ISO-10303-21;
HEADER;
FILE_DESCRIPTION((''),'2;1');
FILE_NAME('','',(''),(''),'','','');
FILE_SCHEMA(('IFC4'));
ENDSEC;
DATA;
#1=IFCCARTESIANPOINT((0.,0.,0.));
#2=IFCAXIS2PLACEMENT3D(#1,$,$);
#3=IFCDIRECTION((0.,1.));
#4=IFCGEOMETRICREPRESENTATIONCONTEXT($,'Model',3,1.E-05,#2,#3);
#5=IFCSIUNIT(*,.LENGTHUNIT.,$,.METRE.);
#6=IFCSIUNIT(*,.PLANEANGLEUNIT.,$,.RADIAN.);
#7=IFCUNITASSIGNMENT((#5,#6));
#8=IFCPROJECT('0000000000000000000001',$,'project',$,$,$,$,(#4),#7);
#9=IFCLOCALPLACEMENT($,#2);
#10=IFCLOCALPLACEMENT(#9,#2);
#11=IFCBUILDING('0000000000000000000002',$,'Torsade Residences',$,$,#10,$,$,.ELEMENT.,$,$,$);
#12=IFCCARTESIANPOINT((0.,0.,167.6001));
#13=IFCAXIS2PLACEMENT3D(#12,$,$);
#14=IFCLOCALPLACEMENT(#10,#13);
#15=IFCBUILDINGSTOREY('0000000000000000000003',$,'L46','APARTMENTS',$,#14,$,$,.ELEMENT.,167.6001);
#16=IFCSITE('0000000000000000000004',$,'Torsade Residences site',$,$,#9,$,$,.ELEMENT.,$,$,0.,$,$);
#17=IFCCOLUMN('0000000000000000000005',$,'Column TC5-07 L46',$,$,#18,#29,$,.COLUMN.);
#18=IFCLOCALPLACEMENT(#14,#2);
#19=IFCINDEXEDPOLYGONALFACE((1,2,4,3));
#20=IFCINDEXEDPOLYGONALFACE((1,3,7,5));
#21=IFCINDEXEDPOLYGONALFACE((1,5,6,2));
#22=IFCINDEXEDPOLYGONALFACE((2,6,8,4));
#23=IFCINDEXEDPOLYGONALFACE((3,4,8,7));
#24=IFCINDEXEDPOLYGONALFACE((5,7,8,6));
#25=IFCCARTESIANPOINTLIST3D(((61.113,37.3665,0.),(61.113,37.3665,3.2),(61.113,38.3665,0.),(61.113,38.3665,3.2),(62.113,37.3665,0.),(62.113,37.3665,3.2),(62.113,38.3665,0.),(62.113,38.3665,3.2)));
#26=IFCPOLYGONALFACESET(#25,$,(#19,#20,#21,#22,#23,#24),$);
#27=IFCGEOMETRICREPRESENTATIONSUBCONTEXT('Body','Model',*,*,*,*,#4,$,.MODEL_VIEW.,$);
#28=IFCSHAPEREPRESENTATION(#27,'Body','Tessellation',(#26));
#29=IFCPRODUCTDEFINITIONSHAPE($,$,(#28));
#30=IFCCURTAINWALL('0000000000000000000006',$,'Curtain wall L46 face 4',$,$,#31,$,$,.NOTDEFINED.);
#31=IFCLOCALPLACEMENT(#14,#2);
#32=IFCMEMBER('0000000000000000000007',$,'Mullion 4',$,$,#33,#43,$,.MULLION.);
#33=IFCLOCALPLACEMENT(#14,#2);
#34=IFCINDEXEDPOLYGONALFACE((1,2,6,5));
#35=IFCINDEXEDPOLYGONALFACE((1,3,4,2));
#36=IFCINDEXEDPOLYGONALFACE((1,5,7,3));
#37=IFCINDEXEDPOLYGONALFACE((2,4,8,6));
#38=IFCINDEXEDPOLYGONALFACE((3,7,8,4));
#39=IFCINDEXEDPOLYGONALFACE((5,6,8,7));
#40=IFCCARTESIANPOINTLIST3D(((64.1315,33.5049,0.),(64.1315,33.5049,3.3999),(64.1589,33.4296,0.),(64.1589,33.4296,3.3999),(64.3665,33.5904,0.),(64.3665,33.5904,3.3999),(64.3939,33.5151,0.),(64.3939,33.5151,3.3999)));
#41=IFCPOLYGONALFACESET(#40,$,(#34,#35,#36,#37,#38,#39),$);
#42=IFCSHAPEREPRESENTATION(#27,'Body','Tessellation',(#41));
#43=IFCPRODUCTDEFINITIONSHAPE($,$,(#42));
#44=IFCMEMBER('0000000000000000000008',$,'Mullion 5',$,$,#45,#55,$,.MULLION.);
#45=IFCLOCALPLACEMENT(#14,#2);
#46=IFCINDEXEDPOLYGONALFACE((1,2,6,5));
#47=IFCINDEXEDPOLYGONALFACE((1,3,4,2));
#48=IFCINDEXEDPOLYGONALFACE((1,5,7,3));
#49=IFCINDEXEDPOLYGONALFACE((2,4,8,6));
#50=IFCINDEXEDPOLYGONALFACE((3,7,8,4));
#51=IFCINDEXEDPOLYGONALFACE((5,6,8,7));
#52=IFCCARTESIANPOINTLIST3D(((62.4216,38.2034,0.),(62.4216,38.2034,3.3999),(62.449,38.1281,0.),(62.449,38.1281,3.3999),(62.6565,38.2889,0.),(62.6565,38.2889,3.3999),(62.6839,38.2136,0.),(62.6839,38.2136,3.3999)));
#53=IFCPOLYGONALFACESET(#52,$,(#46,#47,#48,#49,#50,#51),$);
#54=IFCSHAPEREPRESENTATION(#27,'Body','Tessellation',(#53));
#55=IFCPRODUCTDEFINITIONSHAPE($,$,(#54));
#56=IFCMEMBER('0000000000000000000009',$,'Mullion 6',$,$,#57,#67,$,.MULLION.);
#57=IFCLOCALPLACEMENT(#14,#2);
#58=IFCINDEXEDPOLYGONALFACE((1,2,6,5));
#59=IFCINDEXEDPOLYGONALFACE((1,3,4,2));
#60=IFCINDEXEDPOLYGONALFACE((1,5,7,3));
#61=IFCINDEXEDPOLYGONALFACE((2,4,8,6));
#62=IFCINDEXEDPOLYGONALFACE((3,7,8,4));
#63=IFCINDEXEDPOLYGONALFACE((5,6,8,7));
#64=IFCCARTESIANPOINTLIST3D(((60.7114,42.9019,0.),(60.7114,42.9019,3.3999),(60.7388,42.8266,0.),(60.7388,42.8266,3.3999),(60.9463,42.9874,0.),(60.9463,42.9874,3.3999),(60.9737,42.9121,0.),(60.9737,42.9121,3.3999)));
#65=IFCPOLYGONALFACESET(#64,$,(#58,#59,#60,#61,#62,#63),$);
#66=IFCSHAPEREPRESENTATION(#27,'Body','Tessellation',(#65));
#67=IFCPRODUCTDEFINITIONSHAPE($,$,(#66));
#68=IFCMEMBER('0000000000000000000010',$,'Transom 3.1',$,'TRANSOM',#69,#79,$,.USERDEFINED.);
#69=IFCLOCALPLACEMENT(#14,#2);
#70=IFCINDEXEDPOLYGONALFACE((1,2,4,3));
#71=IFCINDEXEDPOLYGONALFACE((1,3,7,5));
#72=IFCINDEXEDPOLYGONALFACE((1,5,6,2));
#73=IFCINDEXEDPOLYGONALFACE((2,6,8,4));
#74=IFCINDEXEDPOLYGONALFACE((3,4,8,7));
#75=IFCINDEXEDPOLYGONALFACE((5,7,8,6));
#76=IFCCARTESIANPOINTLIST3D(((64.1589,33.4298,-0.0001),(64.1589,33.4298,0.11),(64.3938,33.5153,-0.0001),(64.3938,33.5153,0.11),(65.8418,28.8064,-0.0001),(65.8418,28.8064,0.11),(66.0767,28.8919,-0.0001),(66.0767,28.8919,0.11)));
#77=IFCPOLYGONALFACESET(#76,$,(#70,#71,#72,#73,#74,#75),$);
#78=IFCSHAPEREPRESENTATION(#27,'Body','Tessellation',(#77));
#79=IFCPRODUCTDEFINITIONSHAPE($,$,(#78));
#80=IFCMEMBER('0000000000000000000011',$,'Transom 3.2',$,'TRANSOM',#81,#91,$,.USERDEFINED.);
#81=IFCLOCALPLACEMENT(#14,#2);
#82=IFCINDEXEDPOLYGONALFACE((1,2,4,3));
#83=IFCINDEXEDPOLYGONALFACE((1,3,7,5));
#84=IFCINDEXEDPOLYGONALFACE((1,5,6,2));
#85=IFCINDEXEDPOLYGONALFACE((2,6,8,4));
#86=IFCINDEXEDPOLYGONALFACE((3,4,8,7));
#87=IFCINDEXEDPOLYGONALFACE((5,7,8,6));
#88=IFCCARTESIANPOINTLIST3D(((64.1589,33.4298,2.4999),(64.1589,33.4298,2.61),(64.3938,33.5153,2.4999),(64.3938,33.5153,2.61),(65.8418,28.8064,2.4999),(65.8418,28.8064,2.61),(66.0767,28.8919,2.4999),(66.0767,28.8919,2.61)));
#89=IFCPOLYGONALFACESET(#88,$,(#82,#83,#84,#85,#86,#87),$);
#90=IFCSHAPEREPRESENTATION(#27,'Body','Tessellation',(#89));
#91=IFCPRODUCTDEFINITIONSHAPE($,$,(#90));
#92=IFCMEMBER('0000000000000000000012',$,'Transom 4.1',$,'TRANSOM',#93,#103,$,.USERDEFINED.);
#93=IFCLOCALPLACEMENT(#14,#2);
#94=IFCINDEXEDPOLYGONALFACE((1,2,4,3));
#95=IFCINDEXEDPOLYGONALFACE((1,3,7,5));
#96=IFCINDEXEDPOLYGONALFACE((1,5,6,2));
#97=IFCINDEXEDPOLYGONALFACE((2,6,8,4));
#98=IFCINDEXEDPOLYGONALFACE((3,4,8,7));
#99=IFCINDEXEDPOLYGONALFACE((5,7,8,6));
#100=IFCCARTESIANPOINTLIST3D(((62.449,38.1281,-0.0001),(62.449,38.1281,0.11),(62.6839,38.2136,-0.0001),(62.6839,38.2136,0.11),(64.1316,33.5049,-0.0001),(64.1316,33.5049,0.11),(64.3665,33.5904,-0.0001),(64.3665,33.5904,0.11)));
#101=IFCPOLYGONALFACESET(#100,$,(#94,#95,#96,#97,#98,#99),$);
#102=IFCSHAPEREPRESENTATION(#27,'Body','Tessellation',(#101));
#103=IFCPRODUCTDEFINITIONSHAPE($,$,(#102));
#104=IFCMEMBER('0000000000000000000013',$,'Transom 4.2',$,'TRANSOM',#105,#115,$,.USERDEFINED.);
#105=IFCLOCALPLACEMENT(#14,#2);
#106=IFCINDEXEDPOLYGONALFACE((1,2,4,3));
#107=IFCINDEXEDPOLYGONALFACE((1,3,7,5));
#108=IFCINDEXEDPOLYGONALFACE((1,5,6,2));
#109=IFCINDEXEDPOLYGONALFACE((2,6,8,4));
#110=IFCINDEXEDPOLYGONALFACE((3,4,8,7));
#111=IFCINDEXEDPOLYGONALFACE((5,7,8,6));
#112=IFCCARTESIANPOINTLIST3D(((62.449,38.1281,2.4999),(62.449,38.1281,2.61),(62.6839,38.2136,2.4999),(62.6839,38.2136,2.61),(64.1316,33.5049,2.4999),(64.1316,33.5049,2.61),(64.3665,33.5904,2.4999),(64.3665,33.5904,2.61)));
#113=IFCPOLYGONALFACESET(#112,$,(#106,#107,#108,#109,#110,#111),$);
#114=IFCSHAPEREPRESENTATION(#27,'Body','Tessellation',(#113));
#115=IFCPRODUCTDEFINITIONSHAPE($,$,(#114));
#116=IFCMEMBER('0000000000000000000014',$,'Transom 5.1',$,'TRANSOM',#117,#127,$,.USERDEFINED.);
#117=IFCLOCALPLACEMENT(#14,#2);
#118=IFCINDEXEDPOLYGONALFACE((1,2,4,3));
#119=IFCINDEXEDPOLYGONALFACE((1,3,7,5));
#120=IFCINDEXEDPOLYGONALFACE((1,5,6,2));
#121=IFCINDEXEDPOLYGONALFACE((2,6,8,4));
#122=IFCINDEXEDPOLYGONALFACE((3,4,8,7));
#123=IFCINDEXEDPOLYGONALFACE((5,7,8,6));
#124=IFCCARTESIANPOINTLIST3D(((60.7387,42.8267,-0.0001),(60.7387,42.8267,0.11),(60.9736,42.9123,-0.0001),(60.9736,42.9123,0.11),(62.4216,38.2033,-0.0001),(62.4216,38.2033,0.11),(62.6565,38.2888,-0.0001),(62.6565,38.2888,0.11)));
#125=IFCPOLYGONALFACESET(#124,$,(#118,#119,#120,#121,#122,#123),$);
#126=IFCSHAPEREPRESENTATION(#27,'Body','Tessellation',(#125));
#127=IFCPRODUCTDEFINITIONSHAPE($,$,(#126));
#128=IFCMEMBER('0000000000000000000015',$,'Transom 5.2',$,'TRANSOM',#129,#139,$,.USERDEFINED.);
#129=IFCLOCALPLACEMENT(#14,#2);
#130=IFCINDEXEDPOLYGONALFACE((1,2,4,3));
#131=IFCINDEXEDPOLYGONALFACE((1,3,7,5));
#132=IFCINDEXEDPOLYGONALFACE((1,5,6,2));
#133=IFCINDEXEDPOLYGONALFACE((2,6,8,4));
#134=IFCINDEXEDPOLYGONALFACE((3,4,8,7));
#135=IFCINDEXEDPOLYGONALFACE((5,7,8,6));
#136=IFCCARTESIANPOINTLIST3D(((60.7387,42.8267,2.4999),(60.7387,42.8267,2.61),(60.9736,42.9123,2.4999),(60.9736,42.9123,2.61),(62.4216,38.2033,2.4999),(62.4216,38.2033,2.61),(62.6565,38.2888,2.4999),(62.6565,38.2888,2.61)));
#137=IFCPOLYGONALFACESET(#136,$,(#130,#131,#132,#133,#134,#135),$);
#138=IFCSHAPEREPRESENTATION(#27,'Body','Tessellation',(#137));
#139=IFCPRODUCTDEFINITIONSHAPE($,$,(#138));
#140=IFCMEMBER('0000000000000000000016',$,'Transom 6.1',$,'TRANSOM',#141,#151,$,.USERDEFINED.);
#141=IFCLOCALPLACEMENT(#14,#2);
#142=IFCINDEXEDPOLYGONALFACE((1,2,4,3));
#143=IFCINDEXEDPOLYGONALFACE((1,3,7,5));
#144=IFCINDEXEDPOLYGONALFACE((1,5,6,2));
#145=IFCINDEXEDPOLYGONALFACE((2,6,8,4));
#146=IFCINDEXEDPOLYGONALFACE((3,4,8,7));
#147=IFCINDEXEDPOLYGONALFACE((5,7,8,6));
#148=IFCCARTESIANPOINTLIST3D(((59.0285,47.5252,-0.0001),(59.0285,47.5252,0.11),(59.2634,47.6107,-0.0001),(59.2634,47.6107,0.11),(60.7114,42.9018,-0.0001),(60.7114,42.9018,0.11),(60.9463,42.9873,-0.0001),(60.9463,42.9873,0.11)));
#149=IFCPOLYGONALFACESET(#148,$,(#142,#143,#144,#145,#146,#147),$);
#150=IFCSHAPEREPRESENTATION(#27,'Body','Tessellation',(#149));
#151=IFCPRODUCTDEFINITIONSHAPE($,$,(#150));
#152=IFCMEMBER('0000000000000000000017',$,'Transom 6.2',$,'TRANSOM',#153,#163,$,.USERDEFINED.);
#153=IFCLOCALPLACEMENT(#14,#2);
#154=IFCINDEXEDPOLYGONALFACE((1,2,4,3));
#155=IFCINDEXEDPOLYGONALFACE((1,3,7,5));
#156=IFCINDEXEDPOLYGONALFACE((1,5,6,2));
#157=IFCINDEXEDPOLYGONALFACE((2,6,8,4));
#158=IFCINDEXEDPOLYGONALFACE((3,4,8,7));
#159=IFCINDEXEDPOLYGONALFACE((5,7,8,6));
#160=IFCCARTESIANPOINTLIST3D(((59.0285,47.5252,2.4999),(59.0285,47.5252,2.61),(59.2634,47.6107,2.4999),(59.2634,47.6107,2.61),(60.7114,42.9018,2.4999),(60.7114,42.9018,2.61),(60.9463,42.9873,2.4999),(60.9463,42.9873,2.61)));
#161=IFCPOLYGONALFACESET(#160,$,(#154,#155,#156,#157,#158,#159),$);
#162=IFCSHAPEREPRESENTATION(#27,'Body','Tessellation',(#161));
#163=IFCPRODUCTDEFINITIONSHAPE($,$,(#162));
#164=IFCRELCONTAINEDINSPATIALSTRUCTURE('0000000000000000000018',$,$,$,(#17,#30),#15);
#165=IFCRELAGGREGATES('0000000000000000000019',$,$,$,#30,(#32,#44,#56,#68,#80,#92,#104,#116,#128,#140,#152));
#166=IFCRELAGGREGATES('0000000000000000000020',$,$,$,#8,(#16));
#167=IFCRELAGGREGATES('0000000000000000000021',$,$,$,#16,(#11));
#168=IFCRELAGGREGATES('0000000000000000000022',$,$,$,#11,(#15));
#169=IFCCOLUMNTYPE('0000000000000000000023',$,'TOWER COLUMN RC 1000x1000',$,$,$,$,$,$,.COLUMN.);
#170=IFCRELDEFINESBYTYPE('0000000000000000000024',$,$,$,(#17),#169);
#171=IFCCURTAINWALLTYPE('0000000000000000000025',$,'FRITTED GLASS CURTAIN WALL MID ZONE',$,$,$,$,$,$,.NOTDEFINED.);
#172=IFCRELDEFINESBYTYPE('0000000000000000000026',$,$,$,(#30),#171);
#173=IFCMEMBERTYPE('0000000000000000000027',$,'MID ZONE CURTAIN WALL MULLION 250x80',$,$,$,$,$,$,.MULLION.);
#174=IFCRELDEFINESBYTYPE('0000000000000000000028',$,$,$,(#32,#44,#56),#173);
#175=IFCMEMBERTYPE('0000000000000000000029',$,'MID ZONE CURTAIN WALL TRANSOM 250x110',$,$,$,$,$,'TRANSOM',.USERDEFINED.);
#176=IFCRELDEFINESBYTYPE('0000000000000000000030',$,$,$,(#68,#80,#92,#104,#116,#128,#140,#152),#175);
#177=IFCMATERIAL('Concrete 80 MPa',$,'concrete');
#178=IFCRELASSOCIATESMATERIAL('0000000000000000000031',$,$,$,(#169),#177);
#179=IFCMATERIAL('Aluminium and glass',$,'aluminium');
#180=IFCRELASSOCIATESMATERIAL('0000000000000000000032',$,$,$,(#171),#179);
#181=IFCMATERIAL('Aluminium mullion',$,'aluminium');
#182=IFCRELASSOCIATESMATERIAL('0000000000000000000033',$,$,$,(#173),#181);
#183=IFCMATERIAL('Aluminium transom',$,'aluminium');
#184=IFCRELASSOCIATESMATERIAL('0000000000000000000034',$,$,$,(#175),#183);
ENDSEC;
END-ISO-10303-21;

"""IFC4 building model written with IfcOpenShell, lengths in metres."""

from ifc_helpers import new_model, si_unit, direction, frame, origin, origin_2d, place, context, subcontext, project, spatial, rectangle, extrude, material, material_profile, profile_set, type_object, element, aggregate, save


model = new_model("IFC4")

# Units and contexts
model_context = context("Model", 3, precision=1e-05, world=origin(), true_north=direction((0.0, 1.0)))
body_context = subcontext(model_context, "Body", "Model", "MODEL_VIEW")
ifc_project = project(units=[si_unit("LENGTHUNIT", "METRE"), si_unit("PLANEANGLEUNIT", "RADIAN")], contexts=[model_context])

# Site, building, storey
site_placement = place(None, origin())
site = spatial("IfcSite", under=ifc_project, at=site_placement, Name="Torsade Residences site", CompositionType="ELEMENT", RefElevation=0.0)
building_placement = place(site_placement, origin())
building = spatial("IfcBuilding", under=site, at=building_placement, Name="Torsade Residences", CompositionType="ELEMENT")
storey_placement = place(building_placement, frame((0.0, 0.0, 167.6001)))
storey = spatial("IfcBuildingStorey", under=building, at=storey_placement, Name="L46", Description="APARTMENTS", CompositionType="ELEMENT", Elevation=167.6001)

# Column
ifc_material_1 = material(Name="Concrete 80 MPa", Category="concrete")
ifc_material_profile_1 = material_profile(ifc_material_1, rectangle(XDim=1.0, YDim=1.0, at=origin_2d()), Name="RC 1000x1000")
ifc_profile_set_1 = profile_set([ifc_material_profile_1], Name="Concrete 80 MPa")
column_type = type_object("IfcColumnType", Name="TOWER COLUMN RC 1000x1000", PredefinedType="COLUMN", material=ifc_profile_set_1)
column_placement = place(storey_placement, frame((61.613, 37.8665, 0.0), z_axis=(0.0, 0.0, 1.0), x_axis=(1.0, 0.0, 0.0)))
element("IfcColumn", 1, at=column_placement, inside=storey, type_object=column_type, Name="Column TC5-07 L46", PredefinedType="COLUMN", context=body_context, shape_type="SweptSolid", body=[
    extrude(rectangle(XDim=1.0, YDim=1.0, at=origin_2d()), origin(), (0.0, 0.0, 1.0), 3.2),
])

# Curtain wall, members
ifc_material_2 = material(Name="Aluminium and glass", Category="aluminium")
curtain_wall_type = type_object("IfcCurtainWallType", Name="FRITTED GLASS CURTAIN WALL MID ZONE", PredefinedType="NOTDEFINED", material=ifc_material_2)
curtain_wall_placement = place(storey_placement, origin())
curtain_wall = element("IfcCurtainWall", 2, at=curtain_wall_placement, inside=storey, type_object=curtain_wall_type, Name="Curtain wall L46 face 4", PredefinedType="NOTDEFINED")
ifc_material_3 = material(Name="Aluminium mullion", Category="aluminium")
ifc_material_profile_2 = material_profile(ifc_material_3, rectangle(XDim=0.25, YDim=0.0801, at=origin_2d()), Name="MID ZONE CURTAIN WALL MULLION 250x80")
ifc_profile_set_2 = profile_set([ifc_material_profile_2], Name="Aluminium mullion")
member_type_1 = type_object("IfcMemberType", Name="MID ZONE CURTAIN WALL MULLION 250x80", PredefinedType="MULLION", material=ifc_profile_set_2)
member_1_placement = place(storey_placement, frame((64.2627, 33.51, 0.0), z_axis=(0.0, 0.0, 1.0), x_axis=(-0.939693, -0.34202, 0.0)))
member_1 = element("IfcMember", 3, at=member_1_placement, type_object=member_type_1, Name="Mullion 4", PredefinedType="MULLION", context=body_context, shape_type="SweptSolid", body=[
    extrude(rectangle(XDim=0.25, YDim=0.0801, at=origin_2d()), origin(), (0.0, 0.0, 1.0), 3.3999),
])
member_2_placement = place(storey_placement, frame((62.5527, 38.2085, 0.0), z_axis=(0.0, 0.0, 1.0), x_axis=(-0.939693, -0.34202, 0.0)))
member_2 = element("IfcMember", 4, at=member_2_placement, type_object=member_type_1, Name="Mullion 5", PredefinedType="MULLION", context=body_context, shape_type="SweptSolid", body=[
    extrude(rectangle(XDim=0.25, YDim=0.0801, at=origin_2d()), origin(), (0.0, 0.0, 1.0), 3.3999),
])
member_3_placement = place(storey_placement, frame((60.8425, 42.907, 0.0), z_axis=(0.0, 0.0, 1.0), x_axis=(-0.939693, -0.34202, 0.0)))
member_3 = element("IfcMember", 5, at=member_3_placement, type_object=member_type_1, Name="Mullion 6", PredefinedType="MULLION", context=body_context, shape_type="SweptSolid", body=[
    extrude(rectangle(XDim=0.25, YDim=0.0801, at=origin_2d()), origin(), (0.0, 0.0, 1.0), 3.3999),
])
ifc_material_4 = material(Name="Aluminium transom", Category="aluminium")
ifc_material_profile_3 = material_profile(ifc_material_4, rectangle(XDim=0.25, YDim=0.1101, at=origin_2d()), Name="MID ZONE CURTAIN WALL TRANSOM 250x110")
ifc_profile_set_3 = profile_set([ifc_material_profile_3], Name="Aluminium transom")
member_type_2 = type_object("IfcMemberType", Name="MID ZONE CURTAIN WALL TRANSOM 250x110", ElementType="TRANSOM", PredefinedType="USERDEFINED", material=ifc_profile_set_3)
member_4_placement = place(storey_placement, frame((65.9592, 28.8491, 0.0549), z_axis=(-0.342042, 0.939685, 0.0), x_axis=(-0.939685, -0.342042, 0.0)))
member_4 = element("IfcMember", 6, at=member_4_placement, type_object=member_type_2, Name="Transom 3.1", ObjectType="TRANSOM", PredefinedType="USERDEFINED", context=body_context, shape_type="SweptSolid", body=[
    extrude(rectangle(XDim=0.25, YDim=0.1101, at=origin_2d()), origin(), (0.0, 0.0, 1.0), 4.9202),
])
member_5_placement = place(storey_placement, frame((65.9592, 28.8491, 2.5549), z_axis=(-0.342042, 0.939685, 0.0), x_axis=(-0.939685, -0.342042, 0.0)))
member_5 = element("IfcMember", 7, at=member_5_placement, type_object=member_type_2, Name="Transom 3.2", ObjectType="TRANSOM", PredefinedType="USERDEFINED", context=body_context, shape_type="SweptSolid", body=[
    extrude(rectangle(XDim=0.25, YDim=0.1101, at=origin_2d()), origin(), (0.0, 0.0, 1.0), 4.9202),
])
member_6_placement = place(storey_placement, frame((64.249, 33.5476, 0.0549), z_axis=(-0.341998, 0.939701, 0.0), x_axis=(-0.939701, -0.341998, 0.0)))
member_6 = element("IfcMember", 8, at=member_6_placement, type_object=member_type_2, Name="Transom 4.1", ObjectType="TRANSOM", PredefinedType="USERDEFINED", context=body_context, shape_type="SweptSolid", body=[
    extrude(rectangle(XDim=0.25, YDim=0.1101, at=origin_2d()), origin(), (0.0, 0.0, 1.0), 4.9199),
])
member_7_placement = place(storey_placement, frame((64.249, 33.5476, 2.5549), z_axis=(-0.341998, 0.939701, 0.0), x_axis=(-0.939701, -0.341998, 0.0)))
member_7 = element("IfcMember", 9, at=member_7_placement, type_object=member_type_2, Name="Transom 4.2", ObjectType="TRANSOM", PredefinedType="USERDEFINED", context=body_context, shape_type="SweptSolid", body=[
    extrude(rectangle(XDim=0.25, YDim=0.1101, at=origin_2d()), origin(), (0.0, 0.0, 1.0), 4.9199),
])
member_8_placement = place(storey_placement, frame((62.5391, 38.2461, 0.0549), z_axis=(-0.342042, 0.939685, 0.0), x_axis=(-0.939685, -0.342042, 0.0)))
member_8 = element("IfcMember", 10, at=member_8_placement, type_object=member_type_2, Name="Transom 5.1", ObjectType="TRANSOM", PredefinedType="USERDEFINED", context=body_context, shape_type="SweptSolid", body=[
    extrude(rectangle(XDim=0.25, YDim=0.1101, at=origin_2d()), origin(), (0.0, 0.0, 1.0), 4.9202),
])
member_9_placement = place(storey_placement, frame((62.5391, 38.2461, 2.5549), z_axis=(-0.342042, 0.939685, 0.0), x_axis=(-0.939685, -0.342042, 0.0)))
member_9 = element("IfcMember", 11, at=member_9_placement, type_object=member_type_2, Name="Transom 5.2", ObjectType="TRANSOM", PredefinedType="USERDEFINED", context=body_context, shape_type="SweptSolid", body=[
    extrude(rectangle(XDim=0.25, YDim=0.1101, at=origin_2d()), origin(), (0.0, 0.0, 1.0), 4.9202),
])
member_10_placement = place(storey_placement, frame((60.8289, 42.9446, 0.0549), z_axis=(-0.342042, 0.939685, 0.0), x_axis=(-0.939685, -0.342042, 0.0)))
member_10 = element("IfcMember", 12, at=member_10_placement, type_object=member_type_2, Name="Transom 6.1", ObjectType="TRANSOM", PredefinedType="USERDEFINED", context=body_context, shape_type="SweptSolid", body=[
    extrude(rectangle(XDim=0.25, YDim=0.1101, at=origin_2d()), origin(), (0.0, 0.0, 1.0), 4.9202),
])
member_11_placement = place(storey_placement, frame((60.8289, 42.9446, 2.5549), z_axis=(-0.342042, 0.939685, 0.0), x_axis=(-0.939685, -0.342042, 0.0)))
member_11 = element("IfcMember", 13, at=member_11_placement, type_object=member_type_2, Name="Transom 6.2", ObjectType="TRANSOM", PredefinedType="USERDEFINED", context=body_context, shape_type="SweptSolid", body=[
    extrude(rectangle(XDim=0.25, YDim=0.1101, at=origin_2d()), origin(), (0.0, 0.0, 1.0), 4.9202),
])

aggregate(curtain_wall, [member_1, member_2, member_3, member_4, member_5, member_6, member_7, member_8, member_9, member_10, member_11])

save(model, "model.ifc")
